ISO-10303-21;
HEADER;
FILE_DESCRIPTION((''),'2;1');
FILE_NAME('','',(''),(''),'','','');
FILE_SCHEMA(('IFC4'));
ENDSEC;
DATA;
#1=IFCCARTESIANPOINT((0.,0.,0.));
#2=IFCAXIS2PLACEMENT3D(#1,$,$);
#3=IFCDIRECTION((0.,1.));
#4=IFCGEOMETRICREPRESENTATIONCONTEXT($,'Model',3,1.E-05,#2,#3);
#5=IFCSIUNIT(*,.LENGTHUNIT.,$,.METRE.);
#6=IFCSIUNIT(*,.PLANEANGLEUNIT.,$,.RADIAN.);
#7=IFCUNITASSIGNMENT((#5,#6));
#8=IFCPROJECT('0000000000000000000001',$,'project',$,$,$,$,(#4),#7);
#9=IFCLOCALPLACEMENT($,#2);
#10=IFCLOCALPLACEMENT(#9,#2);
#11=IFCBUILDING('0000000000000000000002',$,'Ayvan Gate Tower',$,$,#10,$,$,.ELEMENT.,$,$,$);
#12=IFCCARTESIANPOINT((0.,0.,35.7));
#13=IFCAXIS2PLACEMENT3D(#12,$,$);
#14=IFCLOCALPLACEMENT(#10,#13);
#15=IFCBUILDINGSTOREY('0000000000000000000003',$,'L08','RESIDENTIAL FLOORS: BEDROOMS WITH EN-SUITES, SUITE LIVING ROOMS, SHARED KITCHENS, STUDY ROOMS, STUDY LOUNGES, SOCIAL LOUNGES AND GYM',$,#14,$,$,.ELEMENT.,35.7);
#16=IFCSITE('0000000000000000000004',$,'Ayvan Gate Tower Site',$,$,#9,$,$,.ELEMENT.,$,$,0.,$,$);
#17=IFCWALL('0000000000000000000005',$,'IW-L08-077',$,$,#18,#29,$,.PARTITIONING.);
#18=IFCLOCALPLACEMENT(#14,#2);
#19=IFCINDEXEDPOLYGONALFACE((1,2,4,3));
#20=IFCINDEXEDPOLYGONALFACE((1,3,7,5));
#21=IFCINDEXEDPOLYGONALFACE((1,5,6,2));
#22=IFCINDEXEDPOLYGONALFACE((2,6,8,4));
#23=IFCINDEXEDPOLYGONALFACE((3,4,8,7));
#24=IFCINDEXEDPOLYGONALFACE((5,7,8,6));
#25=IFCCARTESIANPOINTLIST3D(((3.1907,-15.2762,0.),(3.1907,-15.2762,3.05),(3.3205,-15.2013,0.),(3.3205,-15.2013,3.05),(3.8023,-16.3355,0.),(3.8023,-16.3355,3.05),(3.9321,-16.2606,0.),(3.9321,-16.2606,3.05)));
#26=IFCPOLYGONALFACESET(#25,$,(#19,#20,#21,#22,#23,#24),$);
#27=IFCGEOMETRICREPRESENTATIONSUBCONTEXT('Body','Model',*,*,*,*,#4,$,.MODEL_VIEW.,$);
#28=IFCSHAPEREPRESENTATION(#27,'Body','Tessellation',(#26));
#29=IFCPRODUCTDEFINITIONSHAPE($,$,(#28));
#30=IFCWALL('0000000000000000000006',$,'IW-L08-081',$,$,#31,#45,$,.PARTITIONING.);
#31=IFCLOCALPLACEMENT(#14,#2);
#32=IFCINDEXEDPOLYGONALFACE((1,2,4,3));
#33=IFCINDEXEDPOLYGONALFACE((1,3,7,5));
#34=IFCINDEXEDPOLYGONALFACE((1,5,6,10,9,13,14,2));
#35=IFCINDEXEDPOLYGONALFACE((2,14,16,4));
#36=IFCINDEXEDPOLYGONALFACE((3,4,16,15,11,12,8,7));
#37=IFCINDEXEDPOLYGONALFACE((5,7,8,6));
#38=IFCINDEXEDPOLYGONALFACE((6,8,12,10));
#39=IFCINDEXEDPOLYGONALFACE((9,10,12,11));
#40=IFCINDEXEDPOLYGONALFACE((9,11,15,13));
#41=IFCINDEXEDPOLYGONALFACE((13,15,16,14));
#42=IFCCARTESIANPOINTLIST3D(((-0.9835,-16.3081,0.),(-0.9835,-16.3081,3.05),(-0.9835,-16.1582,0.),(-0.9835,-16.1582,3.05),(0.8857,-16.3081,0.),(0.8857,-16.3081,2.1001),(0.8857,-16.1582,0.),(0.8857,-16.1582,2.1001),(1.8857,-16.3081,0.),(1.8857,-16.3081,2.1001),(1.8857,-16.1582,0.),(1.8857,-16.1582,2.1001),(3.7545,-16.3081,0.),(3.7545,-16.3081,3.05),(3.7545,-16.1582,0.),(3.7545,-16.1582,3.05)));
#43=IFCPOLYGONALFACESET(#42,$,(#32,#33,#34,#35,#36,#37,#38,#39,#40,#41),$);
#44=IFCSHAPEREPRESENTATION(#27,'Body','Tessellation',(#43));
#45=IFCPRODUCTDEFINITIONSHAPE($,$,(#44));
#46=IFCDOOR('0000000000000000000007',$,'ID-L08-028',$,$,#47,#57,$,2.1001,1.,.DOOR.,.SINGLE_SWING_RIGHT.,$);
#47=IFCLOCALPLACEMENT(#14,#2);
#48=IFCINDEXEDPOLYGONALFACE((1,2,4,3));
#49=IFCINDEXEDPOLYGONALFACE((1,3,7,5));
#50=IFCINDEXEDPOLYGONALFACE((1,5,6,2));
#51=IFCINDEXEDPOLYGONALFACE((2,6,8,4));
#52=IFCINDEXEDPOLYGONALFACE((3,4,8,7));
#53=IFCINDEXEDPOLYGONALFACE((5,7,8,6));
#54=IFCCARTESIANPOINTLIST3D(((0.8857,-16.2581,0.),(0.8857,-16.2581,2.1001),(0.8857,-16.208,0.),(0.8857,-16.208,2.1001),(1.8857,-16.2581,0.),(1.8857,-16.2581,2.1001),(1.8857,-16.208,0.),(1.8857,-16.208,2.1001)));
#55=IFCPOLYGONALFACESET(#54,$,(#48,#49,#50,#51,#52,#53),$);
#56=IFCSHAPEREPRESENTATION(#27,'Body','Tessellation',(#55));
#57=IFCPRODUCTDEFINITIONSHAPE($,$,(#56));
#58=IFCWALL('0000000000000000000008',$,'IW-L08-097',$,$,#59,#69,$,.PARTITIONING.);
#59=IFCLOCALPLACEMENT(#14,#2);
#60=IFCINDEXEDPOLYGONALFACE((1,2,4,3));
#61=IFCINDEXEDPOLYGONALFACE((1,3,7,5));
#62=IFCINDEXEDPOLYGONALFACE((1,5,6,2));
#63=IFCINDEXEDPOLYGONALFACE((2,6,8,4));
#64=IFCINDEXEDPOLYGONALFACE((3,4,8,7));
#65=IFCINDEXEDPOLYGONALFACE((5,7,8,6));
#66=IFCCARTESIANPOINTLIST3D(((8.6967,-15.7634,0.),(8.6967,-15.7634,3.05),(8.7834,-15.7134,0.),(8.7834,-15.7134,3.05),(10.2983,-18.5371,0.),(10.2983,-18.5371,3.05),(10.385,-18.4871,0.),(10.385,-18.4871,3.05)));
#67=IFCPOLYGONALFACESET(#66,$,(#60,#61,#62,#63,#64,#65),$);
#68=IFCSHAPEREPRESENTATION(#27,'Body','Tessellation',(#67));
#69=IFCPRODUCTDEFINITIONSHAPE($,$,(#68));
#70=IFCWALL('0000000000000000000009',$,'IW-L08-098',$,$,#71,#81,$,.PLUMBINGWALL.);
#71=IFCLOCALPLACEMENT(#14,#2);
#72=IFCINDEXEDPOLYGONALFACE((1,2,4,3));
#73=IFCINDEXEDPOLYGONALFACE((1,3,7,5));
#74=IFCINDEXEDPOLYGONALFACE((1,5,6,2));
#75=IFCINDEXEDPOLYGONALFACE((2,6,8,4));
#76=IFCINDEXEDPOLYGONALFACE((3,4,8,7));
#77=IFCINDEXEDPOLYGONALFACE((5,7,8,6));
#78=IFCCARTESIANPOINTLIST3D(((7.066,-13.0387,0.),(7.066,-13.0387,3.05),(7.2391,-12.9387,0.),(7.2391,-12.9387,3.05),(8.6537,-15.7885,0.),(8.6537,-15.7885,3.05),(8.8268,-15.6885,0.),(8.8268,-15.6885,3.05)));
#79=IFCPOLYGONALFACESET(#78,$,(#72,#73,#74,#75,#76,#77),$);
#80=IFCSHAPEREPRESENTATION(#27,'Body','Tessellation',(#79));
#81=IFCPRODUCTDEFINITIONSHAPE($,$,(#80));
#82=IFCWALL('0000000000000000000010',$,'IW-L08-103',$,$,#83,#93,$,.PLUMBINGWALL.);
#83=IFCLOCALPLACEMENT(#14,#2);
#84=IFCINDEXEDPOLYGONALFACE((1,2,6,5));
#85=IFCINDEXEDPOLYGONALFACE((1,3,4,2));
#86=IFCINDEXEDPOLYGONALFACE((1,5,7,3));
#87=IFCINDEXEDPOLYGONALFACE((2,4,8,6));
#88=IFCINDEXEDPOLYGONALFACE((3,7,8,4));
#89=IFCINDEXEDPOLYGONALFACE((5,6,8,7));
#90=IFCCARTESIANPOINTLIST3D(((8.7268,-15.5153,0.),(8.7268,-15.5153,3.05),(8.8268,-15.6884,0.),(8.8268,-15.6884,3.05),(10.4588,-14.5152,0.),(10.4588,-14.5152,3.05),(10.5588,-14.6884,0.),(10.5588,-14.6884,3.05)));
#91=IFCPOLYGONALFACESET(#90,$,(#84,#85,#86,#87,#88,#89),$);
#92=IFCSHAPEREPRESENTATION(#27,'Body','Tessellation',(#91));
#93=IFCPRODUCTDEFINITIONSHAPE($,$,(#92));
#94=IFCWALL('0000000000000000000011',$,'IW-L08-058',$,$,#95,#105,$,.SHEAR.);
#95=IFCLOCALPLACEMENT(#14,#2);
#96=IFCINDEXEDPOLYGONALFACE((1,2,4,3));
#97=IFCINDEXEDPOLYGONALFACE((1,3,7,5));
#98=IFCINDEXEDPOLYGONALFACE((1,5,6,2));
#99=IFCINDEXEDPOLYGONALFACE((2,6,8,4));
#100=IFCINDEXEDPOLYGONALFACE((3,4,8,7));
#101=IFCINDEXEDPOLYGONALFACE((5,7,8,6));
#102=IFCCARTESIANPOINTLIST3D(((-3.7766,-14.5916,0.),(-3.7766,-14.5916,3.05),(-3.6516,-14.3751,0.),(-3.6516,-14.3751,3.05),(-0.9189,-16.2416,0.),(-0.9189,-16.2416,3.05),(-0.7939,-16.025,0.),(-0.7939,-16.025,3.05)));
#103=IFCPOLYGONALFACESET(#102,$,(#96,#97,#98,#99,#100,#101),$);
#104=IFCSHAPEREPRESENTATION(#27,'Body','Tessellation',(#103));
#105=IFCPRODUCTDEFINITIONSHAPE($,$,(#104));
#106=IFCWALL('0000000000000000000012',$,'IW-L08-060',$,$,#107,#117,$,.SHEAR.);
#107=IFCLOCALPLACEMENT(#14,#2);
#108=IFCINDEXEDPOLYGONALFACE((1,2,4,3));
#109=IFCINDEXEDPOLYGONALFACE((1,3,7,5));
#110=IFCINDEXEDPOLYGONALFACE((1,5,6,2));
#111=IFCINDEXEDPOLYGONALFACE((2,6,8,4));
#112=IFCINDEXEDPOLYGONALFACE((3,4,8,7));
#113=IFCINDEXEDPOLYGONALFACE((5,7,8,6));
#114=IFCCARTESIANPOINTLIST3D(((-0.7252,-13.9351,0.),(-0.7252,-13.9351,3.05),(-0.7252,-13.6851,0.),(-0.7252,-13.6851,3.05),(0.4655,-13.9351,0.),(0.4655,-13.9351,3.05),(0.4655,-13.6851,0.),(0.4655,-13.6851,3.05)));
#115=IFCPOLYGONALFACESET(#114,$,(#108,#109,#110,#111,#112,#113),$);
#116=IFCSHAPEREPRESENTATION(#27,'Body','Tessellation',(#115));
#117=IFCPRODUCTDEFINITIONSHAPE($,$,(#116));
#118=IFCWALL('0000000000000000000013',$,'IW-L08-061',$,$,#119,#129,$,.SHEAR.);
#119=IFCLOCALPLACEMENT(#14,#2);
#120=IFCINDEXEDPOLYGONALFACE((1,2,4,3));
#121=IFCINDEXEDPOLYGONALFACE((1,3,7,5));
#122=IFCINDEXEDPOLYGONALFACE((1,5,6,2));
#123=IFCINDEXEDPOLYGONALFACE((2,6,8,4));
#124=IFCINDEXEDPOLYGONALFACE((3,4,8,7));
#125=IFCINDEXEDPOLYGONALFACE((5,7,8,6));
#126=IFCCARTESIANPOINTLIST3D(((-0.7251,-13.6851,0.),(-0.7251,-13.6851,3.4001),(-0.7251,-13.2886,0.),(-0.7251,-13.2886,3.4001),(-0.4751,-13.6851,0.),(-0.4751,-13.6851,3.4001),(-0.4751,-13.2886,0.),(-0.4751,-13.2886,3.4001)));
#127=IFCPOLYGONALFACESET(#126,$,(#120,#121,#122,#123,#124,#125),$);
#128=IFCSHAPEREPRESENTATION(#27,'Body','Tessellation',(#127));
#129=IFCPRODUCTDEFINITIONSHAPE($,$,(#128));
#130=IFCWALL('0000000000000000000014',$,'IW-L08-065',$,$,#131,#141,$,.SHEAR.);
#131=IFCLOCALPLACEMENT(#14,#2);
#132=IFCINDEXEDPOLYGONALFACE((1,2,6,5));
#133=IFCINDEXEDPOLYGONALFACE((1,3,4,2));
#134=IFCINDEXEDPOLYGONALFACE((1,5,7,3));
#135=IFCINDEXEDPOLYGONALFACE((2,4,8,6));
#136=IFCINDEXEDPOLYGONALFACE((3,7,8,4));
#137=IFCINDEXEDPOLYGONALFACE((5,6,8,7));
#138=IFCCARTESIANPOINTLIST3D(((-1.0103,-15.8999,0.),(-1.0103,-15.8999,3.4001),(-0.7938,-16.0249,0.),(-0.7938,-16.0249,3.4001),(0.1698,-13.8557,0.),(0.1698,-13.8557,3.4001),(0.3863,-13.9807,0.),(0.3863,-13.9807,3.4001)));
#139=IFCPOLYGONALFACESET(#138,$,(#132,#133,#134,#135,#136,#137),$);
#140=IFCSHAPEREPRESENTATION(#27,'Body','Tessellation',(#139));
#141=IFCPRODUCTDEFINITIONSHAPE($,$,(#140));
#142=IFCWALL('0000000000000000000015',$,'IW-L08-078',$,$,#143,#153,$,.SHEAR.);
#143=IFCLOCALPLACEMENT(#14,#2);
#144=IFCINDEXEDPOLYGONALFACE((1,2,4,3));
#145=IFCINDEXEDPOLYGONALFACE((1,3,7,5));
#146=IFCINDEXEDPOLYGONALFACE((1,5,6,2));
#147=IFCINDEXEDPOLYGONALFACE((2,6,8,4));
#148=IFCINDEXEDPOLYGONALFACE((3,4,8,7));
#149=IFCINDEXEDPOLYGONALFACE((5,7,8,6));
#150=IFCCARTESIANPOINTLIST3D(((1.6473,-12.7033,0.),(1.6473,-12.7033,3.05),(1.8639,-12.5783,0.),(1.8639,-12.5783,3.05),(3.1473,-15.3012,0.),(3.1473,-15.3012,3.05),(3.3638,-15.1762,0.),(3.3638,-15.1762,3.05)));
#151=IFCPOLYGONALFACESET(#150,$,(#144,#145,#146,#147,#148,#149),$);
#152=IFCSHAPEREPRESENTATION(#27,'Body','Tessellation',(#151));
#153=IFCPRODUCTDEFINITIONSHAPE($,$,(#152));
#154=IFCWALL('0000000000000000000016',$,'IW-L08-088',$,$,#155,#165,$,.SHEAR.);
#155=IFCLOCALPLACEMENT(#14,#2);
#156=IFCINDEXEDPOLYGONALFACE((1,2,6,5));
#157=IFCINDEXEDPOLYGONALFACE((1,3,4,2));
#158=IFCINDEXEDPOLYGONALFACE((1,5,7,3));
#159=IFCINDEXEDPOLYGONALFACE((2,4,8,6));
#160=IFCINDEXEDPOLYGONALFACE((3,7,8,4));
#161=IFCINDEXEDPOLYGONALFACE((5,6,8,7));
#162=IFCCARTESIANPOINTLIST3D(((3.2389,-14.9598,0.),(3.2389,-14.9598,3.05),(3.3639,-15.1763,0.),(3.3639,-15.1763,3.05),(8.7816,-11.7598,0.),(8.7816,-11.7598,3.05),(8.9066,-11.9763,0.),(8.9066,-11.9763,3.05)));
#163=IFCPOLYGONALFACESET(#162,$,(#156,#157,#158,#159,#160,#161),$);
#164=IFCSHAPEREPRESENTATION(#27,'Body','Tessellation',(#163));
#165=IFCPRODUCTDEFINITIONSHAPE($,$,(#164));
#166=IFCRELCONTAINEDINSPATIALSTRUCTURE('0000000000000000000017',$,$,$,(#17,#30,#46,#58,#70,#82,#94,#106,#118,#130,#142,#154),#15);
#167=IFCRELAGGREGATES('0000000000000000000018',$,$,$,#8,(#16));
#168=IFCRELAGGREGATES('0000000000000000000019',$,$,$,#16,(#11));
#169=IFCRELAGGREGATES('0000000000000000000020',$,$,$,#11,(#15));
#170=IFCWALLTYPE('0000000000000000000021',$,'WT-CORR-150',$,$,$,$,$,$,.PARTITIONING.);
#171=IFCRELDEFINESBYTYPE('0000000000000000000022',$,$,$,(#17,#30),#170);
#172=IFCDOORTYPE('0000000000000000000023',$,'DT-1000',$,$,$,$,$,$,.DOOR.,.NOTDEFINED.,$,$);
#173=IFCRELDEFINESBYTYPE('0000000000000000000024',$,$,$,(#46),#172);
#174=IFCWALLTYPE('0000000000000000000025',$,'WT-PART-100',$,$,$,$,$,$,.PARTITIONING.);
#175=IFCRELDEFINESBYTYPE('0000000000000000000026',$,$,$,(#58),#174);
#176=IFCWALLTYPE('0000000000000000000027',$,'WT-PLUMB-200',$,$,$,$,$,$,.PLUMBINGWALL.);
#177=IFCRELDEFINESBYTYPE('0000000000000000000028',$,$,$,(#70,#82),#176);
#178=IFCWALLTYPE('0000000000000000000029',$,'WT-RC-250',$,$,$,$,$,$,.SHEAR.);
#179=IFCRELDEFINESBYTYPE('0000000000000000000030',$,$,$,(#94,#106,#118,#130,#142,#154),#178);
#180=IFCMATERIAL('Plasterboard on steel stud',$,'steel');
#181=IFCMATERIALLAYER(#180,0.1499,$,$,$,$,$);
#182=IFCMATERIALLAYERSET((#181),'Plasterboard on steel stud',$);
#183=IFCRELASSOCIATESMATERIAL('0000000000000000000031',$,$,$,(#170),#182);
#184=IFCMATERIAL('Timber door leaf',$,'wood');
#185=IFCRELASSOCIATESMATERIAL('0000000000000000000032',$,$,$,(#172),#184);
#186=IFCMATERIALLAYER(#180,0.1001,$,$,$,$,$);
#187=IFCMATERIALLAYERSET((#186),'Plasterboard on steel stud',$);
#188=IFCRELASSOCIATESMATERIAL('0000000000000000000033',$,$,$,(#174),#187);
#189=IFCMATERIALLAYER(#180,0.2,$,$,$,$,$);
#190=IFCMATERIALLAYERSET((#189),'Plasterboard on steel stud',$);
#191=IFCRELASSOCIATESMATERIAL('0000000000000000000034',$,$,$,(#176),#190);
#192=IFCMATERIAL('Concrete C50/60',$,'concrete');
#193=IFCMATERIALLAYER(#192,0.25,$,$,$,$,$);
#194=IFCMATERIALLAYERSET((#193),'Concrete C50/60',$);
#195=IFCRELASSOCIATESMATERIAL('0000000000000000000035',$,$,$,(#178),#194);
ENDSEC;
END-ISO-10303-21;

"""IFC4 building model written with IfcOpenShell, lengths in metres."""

from ifc_helpers import new_model, si_unit, direction, frame, frame_2d, origin, place, context, subcontext, project, spatial, rectangle, extrude, material, layer, layer_set, type_object, element, fill, save


model = new_model("IFC4")

# Units and contexts
model_context = context("Model", 3, precision=1e-05, world=origin(), true_north=direction((0.0, 1.0)))
body_context = subcontext(model_context, "Body", "Model", "MODEL_VIEW")
ifc_project = project(units=[si_unit("LENGTHUNIT", "METRE"), si_unit("PLANEANGLEUNIT", "RADIAN")], contexts=[model_context])

# Site, building, storey
site_placement = place(None, origin())
site = spatial("IfcSite", under=ifc_project, at=site_placement, Name="Ayvan Gate Tower Site", CompositionType="ELEMENT", RefElevation=0.0)
building_placement = place(site_placement, origin())
building = spatial("IfcBuilding", under=site, at=building_placement, Name="Ayvan Gate Tower", CompositionType="ELEMENT")
storey_placement = place(building_placement, frame((0.0, 0.0, 35.7)))
storey = spatial("IfcBuildingStorey", under=building, at=storey_placement, Name="L08", Description="RESIDENTIAL FLOORS: BEDROOMS WITH EN-SUITES, SUITE LIVING ROOMS, SHARED KITCHENS, STUDY ROOMS, STUDY LOUNGES, SOCIAL LOUNGES AND GYM", CompositionType="ELEMENT", Elevation=35.7)

# Wall
ifc_material_1 = material(Name="Plasterboard on steel stud", Category="steel")
ifc_layer_1 = layer(ifc_material_1, 0.1499)
ifc_layer_set_1 = layer_set([ifc_layer_1], Name="Plasterboard on steel stud")
wall_type_1 = type_object("IfcWallType", Name="WT-CORR-150", PredefinedType="PARTITIONING", material=ifc_layer_set_1)
wall_1_placement = place(storey_placement, frame((3.2556, -15.2388, 0.0), z_axis=(0.0, 0.0, 1.0), x_axis=(0.499982, -0.866036, 0.0)))
element("IfcWall", 1, at=wall_1_placement, inside=storey, type_object=wall_type_1, Name="IW-L08-077", PredefinedType="PARTITIONING", context=body_context, shape_type="SweptSolid", body=[
    extrude(rectangle(XDim=1.2231, YDim=0.1499, at=frame_2d((0.6116, 0.0))), origin(), (0.0, 0.0, 1.0), 3.05),
])

# Wall, opening, door
wall_2_placement = place(storey_placement, frame((3.7546, -16.2332, 0.0), z_axis=(0.0, 0.0, 1.0), x_axis=(-1.0, 0.0, 0.0)))
wall_2 = element("IfcWall", 2, at=wall_2_placement, inside=storey, type_object=wall_type_1, Name="IW-L08-081", PredefinedType="PARTITIONING", context=body_context, shape_type="SweptSolid", body=[
    extrude(rectangle(XDim=4.738, YDim=0.1499, at=frame_2d((2.3691, 0.0))), origin(), (0.0, 0.0, 1.0), 3.05),
])
opening_placement = place(wall_2_placement, frame((1.8689, 0.0, 0.0)))
opening = element("IfcOpeningElement", 3, at=opening_placement, cuts=wall_2, PredefinedType="OPENING", context=body_context, shape_type="SweptSolid", body=[
    extrude(rectangle(XDim=1.0, YDim=2.1001, at=frame_2d((0.5, 1.05))), frame((0.0, 0.085, 0.0), z_axis=(0.0, -1.0, 0.0), x_axis=(1.0, 0.0, 0.0)), (0.0, 0.0, 1.0), 0.1699),
])
ifc_material_2 = material(Name="Timber door leaf", Category="wood")
door_type = type_object("IfcDoorType", Name="DT-1000", OperationType="NOTDEFINED", PredefinedType="DOOR", material=ifc_material_2)
door_placement = place(opening_placement, origin())
door = element("IfcDoor", 4, at=door_placement, inside=storey, type_object=door_type, Name="ID-L08-028", OperationType="SINGLE_SWING_RIGHT", OverallHeight=2.1001, OverallWidth=1.0, PredefinedType="DOOR", context=body_context, shape_type="SweptSolid", body=[
    extrude(rectangle(XDim=1.0, YDim=2.1001, at=frame_2d((0.5, 1.05))), frame((0.0, 0.0249, 0.0), z_axis=(0.0, -1.0, 0.0), x_axis=(1.0, 0.0, 0.0)), (0.0, 0.0, 1.0), 0.05),
])
fill(opening, door)

# Walls
ifc_layer_2 = layer(ifc_material_1, 0.1001)
ifc_layer_set_2 = layer_set([ifc_layer_2], Name="Plasterboard on steel stud")
wall_type_2 = type_object("IfcWallType", Name="WT-PART-100", PredefinedType="PARTITIONING", material=ifc_layer_set_2)
wall_3_placement = place(storey_placement, frame((8.74, -15.7383, 0.0), z_axis=(0.0, 0.0, 1.0), x_axis=(0.500041, -0.866002, 0.0)))
element("IfcWall", 5, at=wall_3_placement, inside=storey, type_object=wall_type_2, Name="IW-L08-097", PredefinedType="PARTITIONING", context=body_context, shape_type="SweptSolid", body=[
    extrude(rectangle(XDim=3.2029, YDim=0.1001, at=frame_2d((1.6016, 0.0))), origin(), (0.0, 0.0, 1.0), 3.05),
])
ifc_layer_3 = layer(ifc_material_1, 0.2)
ifc_layer_set_3 = layer_set([ifc_layer_3], Name="Plasterboard on steel stud")
wall_type_3 = type_object("IfcWallType", Name="WT-PLUMB-200", PredefinedType="PLUMBINGWALL", material=ifc_layer_set_3)
wall_4_placement = place(storey_placement, frame((8.7402, -15.7385, 0.0), z_axis=(0.0, 0.0, 1.0), x_axis=(-0.500018, 0.866015, 0.0)))
element("IfcWall", 6, at=wall_4_placement, inside=storey, type_object=wall_type_3, Name="IW-L08-098", PredefinedType="PLUMBINGWALL", context=body_context, shape_type="SweptSolid", body=[
    extrude(rectangle(XDim=3.1753, YDim=0.2, at=frame_2d((1.5876, 0.0))), origin(), (0.0, 0.0, 1.0), 3.05),
])
wall_5_placement = place(storey_placement, frame((10.5088, -14.6018, 0.0), z_axis=(0.0, 0.0, 1.0), x_axis=(-0.866011, -0.500025, 0.0)))
element("IfcWall", 7, at=wall_5_placement, inside=storey, type_object=wall_type_3, Name="IW-L08-103", PredefinedType="PLUMBINGWALL", context=body_context, shape_type="SweptSolid", body=[
    extrude(rectangle(XDim=2.0, YDim=0.2, at=frame_2d((1.0, 0.0))), origin(), (0.0, 0.0, 1.0), 3.05),
])
ifc_material_3 = material(Name="Concrete C50/60", Category="concrete")
ifc_layer_4 = layer(ifc_material_3, 0.25)
ifc_layer_set_4 = layer_set([ifc_layer_4], Name="Concrete C50/60")
wall_type_4 = type_object("IfcWallType", Name="WT-RC-250", PredefinedType="SHEAR", material=ifc_layer_set_4)
wall_6_placement = place(storey_placement, frame((-0.8564, -16.1333, 0.0), z_axis=(0.0, 0.0, 1.0), x_axis=(-0.866022, 0.500006, 0.0)))
element("IfcWall", 8, at=wall_6_placement, inside=storey, type_object=wall_type_4, Name="IW-L08-058", PredefinedType="SHEAR", context=body_context, shape_type="SweptSolid", body=[
    extrude(rectangle(XDim=3.2998, YDim=0.25, at=frame_2d((1.6499, 0.0))), origin(), (0.0, 0.0, 1.0), 3.05),
])
wall_7_placement = place(storey_placement, frame((-0.7251, -13.8101, 0.0), z_axis=(0.0, 0.0, 1.0), x_axis=(1.0, 0.0, 0.0)))
element("IfcWall", 9, at=wall_7_placement, inside=storey, type_object=wall_type_4, Name="IW-L08-060", PredefinedType="SHEAR", context=body_context, shape_type="SweptSolid", body=[
    extrude(rectangle(XDim=1.1907, YDim=0.25, at=frame_2d((0.5952, 0.0))), origin(), (0.0, 0.0, 1.0), 3.05),
])
wall_8_placement = place(storey_placement, frame((-0.6001, -13.2886, 0.0), z_axis=(0.0, 0.0, 1.0), x_axis=(0.0, -1.0, 0.0)))
element("IfcWall", 10, at=wall_8_placement, inside=storey, type_object=wall_type_4, Name="IW-L08-061", PredefinedType="SHEAR", context=body_context, shape_type="SweptSolid", body=[
    extrude(rectangle(XDim=0.3965, YDim=0.25, at=frame_2d((0.1982, 0.0))), origin(), (0.0, 0.0, 1.0), 3.4001),
])
wall_9_placement = place(storey_placement, frame((0.2781, -13.9182, 0.0), z_axis=(0.0, 0.0, 1.0), x_axis=(-0.499988, -0.866032, 0.0)))
element("IfcWall", 11, at=wall_9_placement, inside=storey, type_object=wall_type_4, Name="IW-L08-065", PredefinedType="SHEAR", context=body_context, shape_type="SweptSolid", body=[
    extrude(rectangle(XDim=2.3604, YDim=0.25, at=frame_2d((1.1802, 0.0))), origin(), (0.0, 0.0, 1.0), 3.4001),
])
wall_10_placement = place(storey_placement, frame((3.2556, -15.2388, 0.0), z_axis=(0.0, 0.0, 1.0), x_axis=(-0.500025, 0.866011, 0.0)))
element("IfcWall", 12, at=wall_10_placement, inside=storey, type_object=wall_type_4, Name="IW-L08-078", PredefinedType="SHEAR", context=body_context, shape_type="SweptSolid", body=[
    extrude(rectangle(XDim=2.9998, YDim=0.25, at=frame_2d((1.5, 0.0))), origin(), (0.0, 0.0, 1.0), 3.05),
])
wall_11_placement = place(storey_placement, frame((3.3013, -15.0681, 0.0), z_axis=(0.0, 0.0, 1.0), x_axis=(0.866035, 0.499983, 0.0)))
element("IfcWall", 13, at=wall_11_placement, inside=storey, type_object=wall_type_4, Name="IW-L08-088", PredefinedType="SHEAR", context=body_context, shape_type="SweptSolid", body=[
    extrude(rectangle(XDim=6.4001, YDim=0.25, at=frame_2d((3.2002, 0.0))), origin(), (0.0, 0.0, 1.0), 3.05),
])

save(model, "model.ifc")
